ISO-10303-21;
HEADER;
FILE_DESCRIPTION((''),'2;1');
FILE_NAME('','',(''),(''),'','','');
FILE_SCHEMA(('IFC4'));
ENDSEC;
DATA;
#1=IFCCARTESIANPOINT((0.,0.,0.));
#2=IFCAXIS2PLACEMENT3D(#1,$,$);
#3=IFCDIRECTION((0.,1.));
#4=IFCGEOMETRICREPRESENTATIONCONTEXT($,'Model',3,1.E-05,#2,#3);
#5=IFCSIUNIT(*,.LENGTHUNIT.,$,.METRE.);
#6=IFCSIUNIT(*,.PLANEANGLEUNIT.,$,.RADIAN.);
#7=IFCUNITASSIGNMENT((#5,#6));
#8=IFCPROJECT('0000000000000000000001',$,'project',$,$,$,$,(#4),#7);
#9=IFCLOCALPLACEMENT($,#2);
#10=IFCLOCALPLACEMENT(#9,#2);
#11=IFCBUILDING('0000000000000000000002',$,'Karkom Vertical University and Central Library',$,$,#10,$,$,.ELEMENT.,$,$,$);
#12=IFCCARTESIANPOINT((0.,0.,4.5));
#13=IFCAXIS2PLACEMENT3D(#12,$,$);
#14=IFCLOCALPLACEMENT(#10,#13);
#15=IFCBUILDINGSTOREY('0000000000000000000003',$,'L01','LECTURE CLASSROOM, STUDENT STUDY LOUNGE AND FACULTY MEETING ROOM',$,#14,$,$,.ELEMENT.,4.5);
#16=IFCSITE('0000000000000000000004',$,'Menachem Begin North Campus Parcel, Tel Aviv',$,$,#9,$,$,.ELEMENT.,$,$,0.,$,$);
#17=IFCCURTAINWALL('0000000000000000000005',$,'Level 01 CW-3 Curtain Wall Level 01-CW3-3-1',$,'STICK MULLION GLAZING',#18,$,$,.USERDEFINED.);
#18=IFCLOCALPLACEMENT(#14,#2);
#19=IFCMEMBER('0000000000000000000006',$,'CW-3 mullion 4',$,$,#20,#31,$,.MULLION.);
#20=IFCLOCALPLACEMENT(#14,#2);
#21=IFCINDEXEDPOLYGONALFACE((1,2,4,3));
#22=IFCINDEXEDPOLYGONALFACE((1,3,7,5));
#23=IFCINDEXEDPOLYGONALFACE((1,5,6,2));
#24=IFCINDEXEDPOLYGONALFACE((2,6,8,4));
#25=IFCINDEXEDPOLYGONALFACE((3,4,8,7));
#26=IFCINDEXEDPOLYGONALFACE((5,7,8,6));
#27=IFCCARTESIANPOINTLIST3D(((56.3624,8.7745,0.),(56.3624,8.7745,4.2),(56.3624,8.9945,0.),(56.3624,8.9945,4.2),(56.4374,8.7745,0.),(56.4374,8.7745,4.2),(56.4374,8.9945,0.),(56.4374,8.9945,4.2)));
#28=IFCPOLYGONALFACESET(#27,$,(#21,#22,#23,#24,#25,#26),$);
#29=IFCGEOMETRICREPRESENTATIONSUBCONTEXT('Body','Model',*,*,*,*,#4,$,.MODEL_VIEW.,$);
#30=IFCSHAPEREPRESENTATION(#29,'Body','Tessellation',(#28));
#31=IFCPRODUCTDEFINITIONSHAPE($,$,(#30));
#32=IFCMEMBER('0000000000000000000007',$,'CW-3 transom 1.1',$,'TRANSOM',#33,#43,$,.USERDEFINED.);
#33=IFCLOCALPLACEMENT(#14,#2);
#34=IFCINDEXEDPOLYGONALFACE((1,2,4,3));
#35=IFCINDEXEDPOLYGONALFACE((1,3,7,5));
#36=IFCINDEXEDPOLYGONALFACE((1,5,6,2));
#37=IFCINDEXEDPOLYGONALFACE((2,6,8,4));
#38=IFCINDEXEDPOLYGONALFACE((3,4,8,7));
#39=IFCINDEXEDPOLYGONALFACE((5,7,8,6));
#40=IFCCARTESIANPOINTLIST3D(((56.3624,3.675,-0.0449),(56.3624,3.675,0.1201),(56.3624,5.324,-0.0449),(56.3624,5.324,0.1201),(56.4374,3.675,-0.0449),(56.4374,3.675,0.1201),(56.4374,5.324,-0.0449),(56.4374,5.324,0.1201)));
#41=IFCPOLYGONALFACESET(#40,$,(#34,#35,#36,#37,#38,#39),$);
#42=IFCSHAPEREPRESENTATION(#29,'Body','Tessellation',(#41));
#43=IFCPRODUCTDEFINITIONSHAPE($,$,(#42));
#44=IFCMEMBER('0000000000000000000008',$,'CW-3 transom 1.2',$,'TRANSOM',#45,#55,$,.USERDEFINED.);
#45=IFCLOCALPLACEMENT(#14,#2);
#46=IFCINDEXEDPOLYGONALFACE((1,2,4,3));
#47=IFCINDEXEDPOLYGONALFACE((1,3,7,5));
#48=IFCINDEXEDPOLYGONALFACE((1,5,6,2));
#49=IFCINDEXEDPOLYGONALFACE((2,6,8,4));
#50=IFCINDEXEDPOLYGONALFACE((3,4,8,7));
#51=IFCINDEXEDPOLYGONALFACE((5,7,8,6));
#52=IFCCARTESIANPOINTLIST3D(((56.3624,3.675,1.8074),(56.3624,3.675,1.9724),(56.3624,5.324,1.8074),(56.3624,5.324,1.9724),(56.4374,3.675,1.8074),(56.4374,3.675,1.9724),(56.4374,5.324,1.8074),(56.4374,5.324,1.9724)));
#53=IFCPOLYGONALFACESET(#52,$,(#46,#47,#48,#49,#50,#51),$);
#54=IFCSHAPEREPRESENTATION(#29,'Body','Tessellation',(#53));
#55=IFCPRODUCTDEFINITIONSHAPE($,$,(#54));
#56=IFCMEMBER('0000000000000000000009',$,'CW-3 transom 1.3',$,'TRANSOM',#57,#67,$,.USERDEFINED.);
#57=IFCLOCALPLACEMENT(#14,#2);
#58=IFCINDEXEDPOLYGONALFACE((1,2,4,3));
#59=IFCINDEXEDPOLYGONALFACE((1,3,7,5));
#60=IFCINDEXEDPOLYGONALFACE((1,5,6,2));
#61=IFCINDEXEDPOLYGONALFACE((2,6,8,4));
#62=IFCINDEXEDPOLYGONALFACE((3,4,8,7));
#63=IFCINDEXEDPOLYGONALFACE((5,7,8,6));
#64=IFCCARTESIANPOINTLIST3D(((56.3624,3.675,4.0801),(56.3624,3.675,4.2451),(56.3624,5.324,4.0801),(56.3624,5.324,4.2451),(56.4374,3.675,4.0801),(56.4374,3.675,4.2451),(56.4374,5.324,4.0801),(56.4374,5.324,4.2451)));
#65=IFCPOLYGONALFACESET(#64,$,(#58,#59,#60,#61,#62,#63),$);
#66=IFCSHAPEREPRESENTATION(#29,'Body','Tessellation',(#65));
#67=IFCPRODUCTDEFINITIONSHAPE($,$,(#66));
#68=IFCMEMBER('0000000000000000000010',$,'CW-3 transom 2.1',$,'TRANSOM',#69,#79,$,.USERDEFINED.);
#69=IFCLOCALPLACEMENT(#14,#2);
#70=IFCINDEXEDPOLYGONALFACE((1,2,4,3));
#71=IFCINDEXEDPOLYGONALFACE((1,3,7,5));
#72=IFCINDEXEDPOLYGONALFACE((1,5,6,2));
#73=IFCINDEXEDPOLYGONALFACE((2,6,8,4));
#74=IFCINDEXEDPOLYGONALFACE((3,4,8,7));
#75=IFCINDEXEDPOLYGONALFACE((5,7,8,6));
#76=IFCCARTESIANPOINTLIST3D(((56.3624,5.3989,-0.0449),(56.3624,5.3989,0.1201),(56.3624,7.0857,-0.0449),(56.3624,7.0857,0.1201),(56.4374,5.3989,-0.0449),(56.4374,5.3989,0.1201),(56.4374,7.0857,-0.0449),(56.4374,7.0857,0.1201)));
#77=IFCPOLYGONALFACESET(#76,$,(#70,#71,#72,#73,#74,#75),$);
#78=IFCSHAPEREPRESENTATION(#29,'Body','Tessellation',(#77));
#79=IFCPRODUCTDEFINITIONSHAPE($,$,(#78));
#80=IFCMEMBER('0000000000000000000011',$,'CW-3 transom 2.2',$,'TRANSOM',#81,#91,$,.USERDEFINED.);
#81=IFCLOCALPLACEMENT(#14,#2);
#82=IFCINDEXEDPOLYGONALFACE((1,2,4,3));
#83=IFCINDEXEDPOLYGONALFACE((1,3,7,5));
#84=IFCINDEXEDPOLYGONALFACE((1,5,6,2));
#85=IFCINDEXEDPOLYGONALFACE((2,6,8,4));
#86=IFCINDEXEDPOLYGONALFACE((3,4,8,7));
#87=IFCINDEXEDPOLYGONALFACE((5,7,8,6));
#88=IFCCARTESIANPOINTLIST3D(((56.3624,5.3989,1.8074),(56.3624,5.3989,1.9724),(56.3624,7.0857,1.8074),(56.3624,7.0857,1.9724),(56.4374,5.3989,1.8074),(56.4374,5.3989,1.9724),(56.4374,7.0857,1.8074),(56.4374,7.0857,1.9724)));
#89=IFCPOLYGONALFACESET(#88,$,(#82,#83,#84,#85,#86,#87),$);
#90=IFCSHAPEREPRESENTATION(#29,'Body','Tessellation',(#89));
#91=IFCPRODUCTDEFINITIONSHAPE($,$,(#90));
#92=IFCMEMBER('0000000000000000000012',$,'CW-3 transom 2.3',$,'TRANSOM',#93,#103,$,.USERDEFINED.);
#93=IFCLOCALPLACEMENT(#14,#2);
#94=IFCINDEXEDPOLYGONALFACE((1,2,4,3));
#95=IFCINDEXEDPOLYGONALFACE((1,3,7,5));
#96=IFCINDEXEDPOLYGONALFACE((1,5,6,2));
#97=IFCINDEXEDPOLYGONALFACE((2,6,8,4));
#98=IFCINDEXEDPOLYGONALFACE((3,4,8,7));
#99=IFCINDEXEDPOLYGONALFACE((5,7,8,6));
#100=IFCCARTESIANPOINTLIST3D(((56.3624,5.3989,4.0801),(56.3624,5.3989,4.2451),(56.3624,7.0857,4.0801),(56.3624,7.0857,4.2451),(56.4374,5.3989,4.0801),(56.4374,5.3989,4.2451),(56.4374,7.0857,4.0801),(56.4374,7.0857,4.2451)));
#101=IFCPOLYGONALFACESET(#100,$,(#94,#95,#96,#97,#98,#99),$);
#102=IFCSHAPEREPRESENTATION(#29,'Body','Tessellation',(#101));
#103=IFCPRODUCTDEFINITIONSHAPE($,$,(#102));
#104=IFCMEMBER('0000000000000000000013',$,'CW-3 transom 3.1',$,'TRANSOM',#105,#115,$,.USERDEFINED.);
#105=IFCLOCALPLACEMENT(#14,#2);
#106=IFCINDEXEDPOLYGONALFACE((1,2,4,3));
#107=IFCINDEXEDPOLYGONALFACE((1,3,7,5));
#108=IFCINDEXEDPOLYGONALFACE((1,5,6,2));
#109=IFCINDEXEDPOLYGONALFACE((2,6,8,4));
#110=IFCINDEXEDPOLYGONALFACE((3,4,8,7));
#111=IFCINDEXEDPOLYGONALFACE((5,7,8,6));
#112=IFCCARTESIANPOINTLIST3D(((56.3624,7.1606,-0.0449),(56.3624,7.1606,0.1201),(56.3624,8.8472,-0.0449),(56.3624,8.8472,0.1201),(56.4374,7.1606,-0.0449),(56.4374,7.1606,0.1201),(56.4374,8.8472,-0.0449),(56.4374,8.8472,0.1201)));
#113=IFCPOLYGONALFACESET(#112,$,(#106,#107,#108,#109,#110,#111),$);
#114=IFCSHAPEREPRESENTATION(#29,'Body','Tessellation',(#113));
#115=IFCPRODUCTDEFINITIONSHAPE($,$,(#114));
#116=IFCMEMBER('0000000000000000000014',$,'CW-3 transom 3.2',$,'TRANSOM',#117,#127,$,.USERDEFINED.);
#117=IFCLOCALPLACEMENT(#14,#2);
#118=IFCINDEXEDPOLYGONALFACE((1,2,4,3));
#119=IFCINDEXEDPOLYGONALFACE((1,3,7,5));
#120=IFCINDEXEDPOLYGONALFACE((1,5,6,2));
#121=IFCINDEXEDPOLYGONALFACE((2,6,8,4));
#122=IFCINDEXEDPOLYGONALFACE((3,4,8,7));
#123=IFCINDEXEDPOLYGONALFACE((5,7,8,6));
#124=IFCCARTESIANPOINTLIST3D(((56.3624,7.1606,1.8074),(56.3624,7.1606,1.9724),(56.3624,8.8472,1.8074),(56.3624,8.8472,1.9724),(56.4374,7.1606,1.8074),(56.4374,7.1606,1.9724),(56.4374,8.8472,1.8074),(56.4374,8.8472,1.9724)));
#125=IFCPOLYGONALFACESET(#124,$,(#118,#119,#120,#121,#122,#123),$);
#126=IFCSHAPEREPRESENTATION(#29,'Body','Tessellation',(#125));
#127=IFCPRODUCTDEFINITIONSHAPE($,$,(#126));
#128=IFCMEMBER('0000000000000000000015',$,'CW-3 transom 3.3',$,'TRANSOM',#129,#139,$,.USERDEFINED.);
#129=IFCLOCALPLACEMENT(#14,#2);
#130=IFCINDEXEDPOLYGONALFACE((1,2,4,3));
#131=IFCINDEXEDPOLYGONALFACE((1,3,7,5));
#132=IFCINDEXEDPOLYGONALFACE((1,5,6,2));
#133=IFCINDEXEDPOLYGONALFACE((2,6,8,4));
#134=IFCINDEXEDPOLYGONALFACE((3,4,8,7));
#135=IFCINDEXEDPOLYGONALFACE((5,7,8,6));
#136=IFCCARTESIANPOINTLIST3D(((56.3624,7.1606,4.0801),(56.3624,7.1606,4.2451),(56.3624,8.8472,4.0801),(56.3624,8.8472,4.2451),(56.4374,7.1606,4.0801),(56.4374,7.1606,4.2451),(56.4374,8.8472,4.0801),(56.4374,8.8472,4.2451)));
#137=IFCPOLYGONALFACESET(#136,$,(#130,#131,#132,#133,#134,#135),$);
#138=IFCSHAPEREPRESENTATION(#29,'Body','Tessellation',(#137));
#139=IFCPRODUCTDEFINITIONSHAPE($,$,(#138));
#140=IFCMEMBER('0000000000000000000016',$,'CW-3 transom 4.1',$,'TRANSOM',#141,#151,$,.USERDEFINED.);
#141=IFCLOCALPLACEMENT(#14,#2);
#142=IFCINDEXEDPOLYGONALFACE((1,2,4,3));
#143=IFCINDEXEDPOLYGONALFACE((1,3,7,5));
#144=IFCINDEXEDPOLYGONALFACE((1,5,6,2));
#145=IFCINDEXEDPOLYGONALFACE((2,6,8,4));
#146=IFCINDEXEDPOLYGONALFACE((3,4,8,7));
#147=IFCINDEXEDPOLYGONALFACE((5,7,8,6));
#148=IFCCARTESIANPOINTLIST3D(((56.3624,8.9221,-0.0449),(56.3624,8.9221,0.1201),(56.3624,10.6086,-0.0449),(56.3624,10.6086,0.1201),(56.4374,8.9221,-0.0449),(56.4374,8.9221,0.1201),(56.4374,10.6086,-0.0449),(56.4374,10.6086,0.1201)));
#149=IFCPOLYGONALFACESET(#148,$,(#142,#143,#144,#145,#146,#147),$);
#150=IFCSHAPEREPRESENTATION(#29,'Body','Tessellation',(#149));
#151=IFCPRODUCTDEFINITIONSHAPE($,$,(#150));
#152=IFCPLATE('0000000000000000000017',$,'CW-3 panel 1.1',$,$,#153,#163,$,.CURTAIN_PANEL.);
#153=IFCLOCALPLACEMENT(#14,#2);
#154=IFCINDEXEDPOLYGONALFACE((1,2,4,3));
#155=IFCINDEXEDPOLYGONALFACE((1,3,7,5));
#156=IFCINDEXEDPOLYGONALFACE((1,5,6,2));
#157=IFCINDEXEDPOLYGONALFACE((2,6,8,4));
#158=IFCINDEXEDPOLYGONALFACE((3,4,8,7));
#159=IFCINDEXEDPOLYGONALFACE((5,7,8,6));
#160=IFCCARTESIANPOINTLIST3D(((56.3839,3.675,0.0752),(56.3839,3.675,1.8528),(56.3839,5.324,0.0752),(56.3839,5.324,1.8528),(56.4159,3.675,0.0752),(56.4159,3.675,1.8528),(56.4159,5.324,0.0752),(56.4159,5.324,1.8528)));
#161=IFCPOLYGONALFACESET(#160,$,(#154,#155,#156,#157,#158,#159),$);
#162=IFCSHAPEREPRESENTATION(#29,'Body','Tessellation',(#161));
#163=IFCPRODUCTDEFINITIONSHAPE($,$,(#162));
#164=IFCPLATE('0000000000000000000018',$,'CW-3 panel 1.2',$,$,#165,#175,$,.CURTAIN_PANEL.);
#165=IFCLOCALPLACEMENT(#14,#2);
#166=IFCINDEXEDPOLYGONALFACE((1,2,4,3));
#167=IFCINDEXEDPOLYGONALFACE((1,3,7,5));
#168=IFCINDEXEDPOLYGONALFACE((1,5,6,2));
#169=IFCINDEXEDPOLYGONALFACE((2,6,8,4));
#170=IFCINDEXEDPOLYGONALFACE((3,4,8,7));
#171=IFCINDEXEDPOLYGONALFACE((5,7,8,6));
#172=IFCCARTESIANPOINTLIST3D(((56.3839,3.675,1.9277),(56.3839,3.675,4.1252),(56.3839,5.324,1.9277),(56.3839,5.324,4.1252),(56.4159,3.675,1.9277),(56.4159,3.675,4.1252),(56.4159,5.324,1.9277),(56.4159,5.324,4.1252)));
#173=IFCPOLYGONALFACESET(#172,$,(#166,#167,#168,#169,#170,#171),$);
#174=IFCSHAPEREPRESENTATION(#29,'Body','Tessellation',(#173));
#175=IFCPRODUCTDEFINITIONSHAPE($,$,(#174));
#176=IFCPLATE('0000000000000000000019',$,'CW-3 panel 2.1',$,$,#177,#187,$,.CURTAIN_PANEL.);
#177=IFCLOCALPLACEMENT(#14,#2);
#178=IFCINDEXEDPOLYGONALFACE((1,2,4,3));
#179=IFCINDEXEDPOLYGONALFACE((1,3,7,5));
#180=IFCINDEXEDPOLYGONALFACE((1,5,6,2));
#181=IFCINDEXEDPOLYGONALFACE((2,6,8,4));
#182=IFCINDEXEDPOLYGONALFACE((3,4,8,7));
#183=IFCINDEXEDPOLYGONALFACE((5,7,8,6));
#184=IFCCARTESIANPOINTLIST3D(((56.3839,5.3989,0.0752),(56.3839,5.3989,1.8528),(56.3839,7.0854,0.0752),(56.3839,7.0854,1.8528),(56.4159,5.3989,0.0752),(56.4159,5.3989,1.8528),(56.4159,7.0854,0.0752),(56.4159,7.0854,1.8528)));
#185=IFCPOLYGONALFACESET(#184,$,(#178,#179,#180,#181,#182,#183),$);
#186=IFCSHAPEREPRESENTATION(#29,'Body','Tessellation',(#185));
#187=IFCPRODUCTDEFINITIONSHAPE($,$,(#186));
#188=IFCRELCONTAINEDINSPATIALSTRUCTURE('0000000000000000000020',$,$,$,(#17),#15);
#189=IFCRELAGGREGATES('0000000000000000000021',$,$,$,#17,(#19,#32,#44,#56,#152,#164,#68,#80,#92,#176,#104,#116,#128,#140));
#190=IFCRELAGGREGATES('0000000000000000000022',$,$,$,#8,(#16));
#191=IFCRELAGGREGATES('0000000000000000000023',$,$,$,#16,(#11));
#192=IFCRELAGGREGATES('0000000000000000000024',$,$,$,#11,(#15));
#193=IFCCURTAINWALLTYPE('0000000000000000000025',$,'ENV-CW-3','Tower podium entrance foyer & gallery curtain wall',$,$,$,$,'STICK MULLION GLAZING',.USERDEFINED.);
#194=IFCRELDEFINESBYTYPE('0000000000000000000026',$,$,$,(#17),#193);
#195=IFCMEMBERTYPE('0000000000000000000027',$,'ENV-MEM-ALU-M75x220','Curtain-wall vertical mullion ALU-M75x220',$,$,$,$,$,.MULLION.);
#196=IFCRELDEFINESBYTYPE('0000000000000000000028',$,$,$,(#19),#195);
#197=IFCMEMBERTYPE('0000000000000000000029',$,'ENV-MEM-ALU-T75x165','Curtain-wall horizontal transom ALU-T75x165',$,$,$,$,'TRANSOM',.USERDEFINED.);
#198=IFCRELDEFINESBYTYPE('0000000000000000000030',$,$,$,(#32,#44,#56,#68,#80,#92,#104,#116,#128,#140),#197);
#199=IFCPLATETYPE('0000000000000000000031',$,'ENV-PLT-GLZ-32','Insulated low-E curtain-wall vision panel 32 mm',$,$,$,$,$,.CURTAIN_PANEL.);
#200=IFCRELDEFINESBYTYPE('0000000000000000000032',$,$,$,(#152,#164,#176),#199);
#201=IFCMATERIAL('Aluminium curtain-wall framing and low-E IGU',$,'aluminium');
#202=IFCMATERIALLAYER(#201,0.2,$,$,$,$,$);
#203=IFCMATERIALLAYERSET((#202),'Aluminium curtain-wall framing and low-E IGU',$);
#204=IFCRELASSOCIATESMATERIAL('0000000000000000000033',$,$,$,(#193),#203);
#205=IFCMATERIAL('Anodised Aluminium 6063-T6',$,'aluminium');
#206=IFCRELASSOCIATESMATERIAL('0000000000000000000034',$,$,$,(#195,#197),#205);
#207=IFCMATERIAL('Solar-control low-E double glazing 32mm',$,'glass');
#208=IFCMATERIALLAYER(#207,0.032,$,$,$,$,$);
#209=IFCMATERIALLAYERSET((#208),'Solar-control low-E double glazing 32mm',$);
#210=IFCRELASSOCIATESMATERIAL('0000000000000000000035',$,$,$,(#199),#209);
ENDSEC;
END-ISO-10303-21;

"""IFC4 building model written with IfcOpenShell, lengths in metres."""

from ifc_helpers import new_model, si_unit, direction, frame, origin, origin_with_axes, origin_2d, place, context, subcontext, project, spatial, rectangle, extrude, source, transform, mapped, material, layer, layer_set, material_profile, profile_set, type_object, element, aggregate, save


model = new_model("IFC4")

# Units and contexts
model_context = context("Model", 3, precision=1e-05, world=origin(), true_north=direction((0.0, 1.0)))
body_context = subcontext(model_context, "Body", "Model", "MODEL_VIEW")
ifc_project = project(units=[si_unit("LENGTHUNIT", "METRE"), si_unit("PLANEANGLEUNIT", "RADIAN")], contexts=[model_context])

# Site, building, storey
site_placement = place(None, origin())
site = spatial("IfcSite", under=ifc_project, at=site_placement, Name="Menachem Begin North Campus Parcel, Tel Aviv", CompositionType="ELEMENT", RefElevation=0.0)
building_placement = place(site_placement, origin())
building = spatial("IfcBuilding", under=site, at=building_placement, Name="Karkom Vertical University and Central Library", CompositionType="ELEMENT")
storey_placement = place(building_placement, frame((0.0, 0.0, 4.5)))
storey = spatial("IfcBuildingStorey", under=building, at=storey_placement, Name="L01", Description="LECTURE CLASSROOM, STUDENT STUDY LOUNGE AND FACULTY MEETING ROOM", CompositionType="ELEMENT", Elevation=4.5)

# Curtain wall, members, plates
ifc_material_1 = material(Name="Aluminium curtain-wall framing and low-E IGU", Category="aluminium")
ifc_layer_1 = layer(ifc_material_1, 0.2)
ifc_layer_set_1 = layer_set([ifc_layer_1], Name="Aluminium curtain-wall framing and low-E IGU")
curtain_wall_type = type_object("IfcCurtainWallType", Name="ENV-CW-3", Description="Tower podium entrance foyer & gallery curtain wall", ElementType="STICK MULLION GLAZING", PredefinedType="USERDEFINED", material=ifc_layer_set_1)
curtain_wall_placement = place(storey_placement, origin())
curtain_wall = element("IfcCurtainWall", 1, at=curtain_wall_placement, inside=storey, type_object=curtain_wall_type, Name="Level 01 CW-3 Curtain Wall Level 01-CW3-3-1", ObjectType="STICK MULLION GLAZING", PredefinedType="USERDEFINED")
ifc_material_2 = material(Name="Anodised Aluminium 6063-T6", Category="aluminium")
ifc_material_profile_1 = material_profile(ifc_material_2, rectangle(XDim=0.075, YDim=0.22, at=origin_2d()), Name="ALU-M75x220")
ifc_profile_set_1 = profile_set([ifc_material_profile_1], Name="Anodised Aluminium 6063-T6")
member_type_1 = type_object("IfcMemberType", Name="ENV-MEM-ALU-M75x220", Description="Curtain-wall vertical mullion ALU-M75x220", PredefinedType="MULLION", material=ifc_profile_set_1)
shared_shape_1 = source(origin_with_axes(), body_context, "Body", "SweptSolid", [
    extrude(rectangle(XDim=0.075, YDim=0.22, at=origin_2d()), origin(), (0.0, 0.0, 1.0), 4.2),
])
member_1_placement = place(storey_placement, frame((56.3999, 8.8845, 0.0), z_axis=(0.0, 0.0, 1.0), x_axis=(-1.0, 0.0, 0.0)))
member_1 = element("IfcMember", 2, at=member_1_placement, type_object=member_type_1, Name="CW-3 mullion 4", PredefinedType="MULLION", context=body_context, shape_type="MappedRepresentation", body=[
    mapped(shared_shape_1, transform((0.0, 0.0, 0.0), scale=1.0)),
])
ifc_material_profile_2 = material_profile(ifc_material_2, rectangle(XDim=0.075, YDim=0.165, at=origin_2d()), Name="ALU-T75x165")
ifc_profile_set_2 = profile_set([ifc_material_profile_2], Name="Anodised Aluminium 6063-T6")
member_type_2 = type_object("IfcMemberType", Name="ENV-MEM-ALU-T75x165", Description="Curtain-wall horizontal transom ALU-T75x165", ElementType="TRANSOM", PredefinedType="USERDEFINED", material=ifc_profile_set_2)
shared_shape_2 = source(origin_with_axes(), body_context, "Body", "SweptSolid", [
    extrude(rectangle(XDim=0.075, YDim=0.165, at=origin_2d()), origin(), (0.0, 0.0, 1.0), 1.6489),
])
member_2_placement = place(storey_placement, frame((56.3999, 3.675, 0.0376), z_axis=(0.0, 1.0, 0.0), x_axis=(-1.0, 0.0, 0.0)))
member_2 = element("IfcMember", 3, at=member_2_placement, type_object=member_type_2, Name="CW-3 transom 1.1", ObjectType="TRANSOM", PredefinedType="USERDEFINED", context=body_context, shape_type="MappedRepresentation", body=[
    mapped(shared_shape_2, transform((0.0, 0.0, 0.0), scale=1.0)),
])
member_3_placement = place(storey_placement, frame((56.3999, 3.675, 1.8899), z_axis=(0.0, 1.0, 0.0), x_axis=(-1.0, 0.0, 0.0)))
member_3 = element("IfcMember", 4, at=member_3_placement, type_object=member_type_2, Name="CW-3 transom 1.2", ObjectType="TRANSOM", PredefinedType="USERDEFINED", context=body_context, shape_type="MappedRepresentation", body=[
    mapped(shared_shape_2, transform((0.0, 0.0, 0.0), scale=1.0)),
])
member_4_placement = place(storey_placement, frame((56.3999, 3.675, 4.1626), z_axis=(0.0, 1.0, 0.0), x_axis=(-1.0, 0.0, 0.0)))
member_4 = element("IfcMember", 5, at=member_4_placement, type_object=member_type_2, Name="CW-3 transom 1.3", ObjectType="TRANSOM", PredefinedType="USERDEFINED", context=body_context, shape_type="MappedRepresentation", body=[
    mapped(shared_shape_2, transform((0.0, 0.0, 0.0), scale=1.0)),
])
shared_shape_3 = source(origin_with_axes(), body_context, "Body", "SweptSolid", [
    extrude(rectangle(XDim=0.075, YDim=0.165, at=origin_2d()), origin(), (0.0, 0.0, 1.0), 1.6868),
])
member_5_placement = place(storey_placement, frame((56.3999, 5.3989, 0.0376), z_axis=(0.0, 1.0, 0.0), x_axis=(-1.0, 0.0, 0.0)))
member_5 = element("IfcMember", 6, at=member_5_placement, type_object=member_type_2, Name="CW-3 transom 2.1", ObjectType="TRANSOM", PredefinedType="USERDEFINED", context=body_context, shape_type="MappedRepresentation", body=[
    mapped(shared_shape_3, transform((0.0, 0.0, 0.0), scale=1.0)),
])
member_6_placement = place(storey_placement, frame((56.3999, 5.3989, 1.8899), z_axis=(0.0, 1.0, 0.0), x_axis=(-1.0, 0.0, 0.0)))
member_6 = element("IfcMember", 7, at=member_6_placement, type_object=member_type_2, Name="CW-3 transom 2.2", ObjectType="TRANSOM", PredefinedType="USERDEFINED", context=body_context, shape_type="MappedRepresentation", body=[
    mapped(shared_shape_3, transform((0.0, 0.0, 0.0), scale=1.0)),
])
member_7_placement = place(storey_placement, frame((56.3999, 5.3989, 4.1626), z_axis=(0.0, 1.0, 0.0), x_axis=(-1.0, 0.0, 0.0)))
member_7 = element("IfcMember", 8, at=member_7_placement, type_object=member_type_2, Name="CW-3 transom 2.3", ObjectType="TRANSOM", PredefinedType="USERDEFINED", context=body_context, shape_type="MappedRepresentation", body=[
    mapped(shared_shape_3, transform((0.0, 0.0, 0.0), scale=1.0)),
])
shared_shape_4 = source(origin_with_axes(), body_context, "Body", "SweptSolid", [
    extrude(rectangle(XDim=0.075, YDim=0.165, at=origin_2d()), origin(), (0.0, 0.0, 1.0), 1.6865),
])
member_8_placement = place(storey_placement, frame((56.3999, 7.1606, 0.0376), z_axis=(0.0, 1.0, 0.0), x_axis=(-1.0, 0.0, 0.0)))
member_8 = element("IfcMember", 9, at=member_8_placement, type_object=member_type_2, Name="CW-3 transom 3.1", ObjectType="TRANSOM", PredefinedType="USERDEFINED", context=body_context, shape_type="MappedRepresentation", body=[
    mapped(shared_shape_4, transform((0.0, 0.0, 0.0), scale=1.0)),
])
member_9_placement = place(storey_placement, frame((56.3999, 7.1606, 1.8899), z_axis=(0.0, 1.0, 0.0), x_axis=(-1.0, 0.0, 0.0)))
member_9 = element("IfcMember", 10, at=member_9_placement, type_object=member_type_2, Name="CW-3 transom 3.2", ObjectType="TRANSOM", PredefinedType="USERDEFINED", context=body_context, shape_type="MappedRepresentation", body=[
    mapped(shared_shape_4, transform((0.0, 0.0, 0.0), scale=1.0)),
])
member_10_placement = place(storey_placement, frame((56.3999, 7.1606, 4.1626), z_axis=(0.0, 1.0, 0.0), x_axis=(-1.0, 0.0, 0.0)))
member_10 = element("IfcMember", 11, at=member_10_placement, type_object=member_type_2, Name="CW-3 transom 3.3", ObjectType="TRANSOM", PredefinedType="USERDEFINED", context=body_context, shape_type="MappedRepresentation", body=[
    mapped(shared_shape_4, transform((0.0, 0.0, 0.0), scale=1.0)),
])
member_11_placement = place(storey_placement, frame((56.3999, 8.9221, 0.0376), z_axis=(0.0, 1.0, 0.0), x_axis=(-1.0, 0.0, 0.0)))
member_11 = element("IfcMember", 12, at=member_11_placement, type_object=member_type_2, Name="CW-3 transom 4.1", ObjectType="TRANSOM", PredefinedType="USERDEFINED", context=body_context, shape_type="MappedRepresentation", body=[
    mapped(shared_shape_4, transform((0.0, 0.0, 0.0), scale=1.0)),
])
ifc_material_3 = material(Name="Solar-control low-E double glazing 32mm", Category="glass")
ifc_layer_2 = layer(ifc_material_3, 0.032)
ifc_layer_set_2 = layer_set([ifc_layer_2], Name="Solar-control low-E double glazing 32mm")
plate_type = type_object("IfcPlateType", Name="ENV-PLT-GLZ-32", Description="Insulated low-E curtain-wall vision panel 32 mm", PredefinedType="CURTAIN_PANEL", material=ifc_layer_set_2)
shared_shape_5 = source(origin_with_axes(), body_context, "Body", "SweptSolid", [
    extrude(rectangle(XDim=1.6489, YDim=0.032, at=origin_2d()), origin(), (0.0, 0.0, 1.0), 1.7776),
])
plate_1_placement = place(storey_placement, frame((56.3999, 4.4995, 0.0752), z_axis=(0.0, 0.0, 1.0), x_axis=(0.0, 1.0, 0.0)))
plate_1 = element("IfcPlate", 13, at=plate_1_placement, type_object=plate_type, Name="CW-3 panel 1.1", PredefinedType="CURTAIN_PANEL", context=body_context, shape_type="MappedRepresentation", body=[
    mapped(shared_shape_5, transform((0.0, 0.0, 0.0), scale=1.0)),
])
shared_shape_6 = source(origin_with_axes(), body_context, "Body", "SweptSolid", [
    extrude(rectangle(XDim=1.6489, YDim=0.032, at=origin_2d()), origin(), (0.0, 0.0, 1.0), 2.1975),
])
plate_2_placement = place(storey_placement, frame((56.3999, 4.4995, 1.9277), z_axis=(0.0, 0.0, 1.0), x_axis=(0.0, 1.0, 0.0)))
plate_2 = element("IfcPlate", 14, at=plate_2_placement, type_object=plate_type, Name="CW-3 panel 1.2", PredefinedType="CURTAIN_PANEL", context=body_context, shape_type="MappedRepresentation", body=[
    mapped(shared_shape_6, transform((0.0, 0.0, 0.0), scale=1.0)),
])
shared_shape_7 = source(origin_with_axes(), body_context, "Body", "SweptSolid", [
    extrude(rectangle(XDim=1.6865, YDim=0.032, at=origin_2d()), origin(), (0.0, 0.0, 1.0), 1.7776),
])
plate_3_placement = place(storey_placement, frame((56.3999, 6.2422, 0.0752), z_axis=(0.0, 0.0, 1.0), x_axis=(0.0, 1.0, 0.0)))
plate_3 = element("IfcPlate", 15, at=plate_3_placement, type_object=plate_type, Name="CW-3 panel 2.1", PredefinedType="CURTAIN_PANEL", context=body_context, shape_type="MappedRepresentation", body=[
    mapped(shared_shape_7, transform((0.0, 0.0, 0.0), scale=1.0)),
])
aggregate(curtain_wall, [member_1, member_2, member_3, member_4, plate_1, plate_2, member_5, member_6, member_7, plate_3, member_8, member_9, member_10, member_11])

save(model, "model.ifc")
